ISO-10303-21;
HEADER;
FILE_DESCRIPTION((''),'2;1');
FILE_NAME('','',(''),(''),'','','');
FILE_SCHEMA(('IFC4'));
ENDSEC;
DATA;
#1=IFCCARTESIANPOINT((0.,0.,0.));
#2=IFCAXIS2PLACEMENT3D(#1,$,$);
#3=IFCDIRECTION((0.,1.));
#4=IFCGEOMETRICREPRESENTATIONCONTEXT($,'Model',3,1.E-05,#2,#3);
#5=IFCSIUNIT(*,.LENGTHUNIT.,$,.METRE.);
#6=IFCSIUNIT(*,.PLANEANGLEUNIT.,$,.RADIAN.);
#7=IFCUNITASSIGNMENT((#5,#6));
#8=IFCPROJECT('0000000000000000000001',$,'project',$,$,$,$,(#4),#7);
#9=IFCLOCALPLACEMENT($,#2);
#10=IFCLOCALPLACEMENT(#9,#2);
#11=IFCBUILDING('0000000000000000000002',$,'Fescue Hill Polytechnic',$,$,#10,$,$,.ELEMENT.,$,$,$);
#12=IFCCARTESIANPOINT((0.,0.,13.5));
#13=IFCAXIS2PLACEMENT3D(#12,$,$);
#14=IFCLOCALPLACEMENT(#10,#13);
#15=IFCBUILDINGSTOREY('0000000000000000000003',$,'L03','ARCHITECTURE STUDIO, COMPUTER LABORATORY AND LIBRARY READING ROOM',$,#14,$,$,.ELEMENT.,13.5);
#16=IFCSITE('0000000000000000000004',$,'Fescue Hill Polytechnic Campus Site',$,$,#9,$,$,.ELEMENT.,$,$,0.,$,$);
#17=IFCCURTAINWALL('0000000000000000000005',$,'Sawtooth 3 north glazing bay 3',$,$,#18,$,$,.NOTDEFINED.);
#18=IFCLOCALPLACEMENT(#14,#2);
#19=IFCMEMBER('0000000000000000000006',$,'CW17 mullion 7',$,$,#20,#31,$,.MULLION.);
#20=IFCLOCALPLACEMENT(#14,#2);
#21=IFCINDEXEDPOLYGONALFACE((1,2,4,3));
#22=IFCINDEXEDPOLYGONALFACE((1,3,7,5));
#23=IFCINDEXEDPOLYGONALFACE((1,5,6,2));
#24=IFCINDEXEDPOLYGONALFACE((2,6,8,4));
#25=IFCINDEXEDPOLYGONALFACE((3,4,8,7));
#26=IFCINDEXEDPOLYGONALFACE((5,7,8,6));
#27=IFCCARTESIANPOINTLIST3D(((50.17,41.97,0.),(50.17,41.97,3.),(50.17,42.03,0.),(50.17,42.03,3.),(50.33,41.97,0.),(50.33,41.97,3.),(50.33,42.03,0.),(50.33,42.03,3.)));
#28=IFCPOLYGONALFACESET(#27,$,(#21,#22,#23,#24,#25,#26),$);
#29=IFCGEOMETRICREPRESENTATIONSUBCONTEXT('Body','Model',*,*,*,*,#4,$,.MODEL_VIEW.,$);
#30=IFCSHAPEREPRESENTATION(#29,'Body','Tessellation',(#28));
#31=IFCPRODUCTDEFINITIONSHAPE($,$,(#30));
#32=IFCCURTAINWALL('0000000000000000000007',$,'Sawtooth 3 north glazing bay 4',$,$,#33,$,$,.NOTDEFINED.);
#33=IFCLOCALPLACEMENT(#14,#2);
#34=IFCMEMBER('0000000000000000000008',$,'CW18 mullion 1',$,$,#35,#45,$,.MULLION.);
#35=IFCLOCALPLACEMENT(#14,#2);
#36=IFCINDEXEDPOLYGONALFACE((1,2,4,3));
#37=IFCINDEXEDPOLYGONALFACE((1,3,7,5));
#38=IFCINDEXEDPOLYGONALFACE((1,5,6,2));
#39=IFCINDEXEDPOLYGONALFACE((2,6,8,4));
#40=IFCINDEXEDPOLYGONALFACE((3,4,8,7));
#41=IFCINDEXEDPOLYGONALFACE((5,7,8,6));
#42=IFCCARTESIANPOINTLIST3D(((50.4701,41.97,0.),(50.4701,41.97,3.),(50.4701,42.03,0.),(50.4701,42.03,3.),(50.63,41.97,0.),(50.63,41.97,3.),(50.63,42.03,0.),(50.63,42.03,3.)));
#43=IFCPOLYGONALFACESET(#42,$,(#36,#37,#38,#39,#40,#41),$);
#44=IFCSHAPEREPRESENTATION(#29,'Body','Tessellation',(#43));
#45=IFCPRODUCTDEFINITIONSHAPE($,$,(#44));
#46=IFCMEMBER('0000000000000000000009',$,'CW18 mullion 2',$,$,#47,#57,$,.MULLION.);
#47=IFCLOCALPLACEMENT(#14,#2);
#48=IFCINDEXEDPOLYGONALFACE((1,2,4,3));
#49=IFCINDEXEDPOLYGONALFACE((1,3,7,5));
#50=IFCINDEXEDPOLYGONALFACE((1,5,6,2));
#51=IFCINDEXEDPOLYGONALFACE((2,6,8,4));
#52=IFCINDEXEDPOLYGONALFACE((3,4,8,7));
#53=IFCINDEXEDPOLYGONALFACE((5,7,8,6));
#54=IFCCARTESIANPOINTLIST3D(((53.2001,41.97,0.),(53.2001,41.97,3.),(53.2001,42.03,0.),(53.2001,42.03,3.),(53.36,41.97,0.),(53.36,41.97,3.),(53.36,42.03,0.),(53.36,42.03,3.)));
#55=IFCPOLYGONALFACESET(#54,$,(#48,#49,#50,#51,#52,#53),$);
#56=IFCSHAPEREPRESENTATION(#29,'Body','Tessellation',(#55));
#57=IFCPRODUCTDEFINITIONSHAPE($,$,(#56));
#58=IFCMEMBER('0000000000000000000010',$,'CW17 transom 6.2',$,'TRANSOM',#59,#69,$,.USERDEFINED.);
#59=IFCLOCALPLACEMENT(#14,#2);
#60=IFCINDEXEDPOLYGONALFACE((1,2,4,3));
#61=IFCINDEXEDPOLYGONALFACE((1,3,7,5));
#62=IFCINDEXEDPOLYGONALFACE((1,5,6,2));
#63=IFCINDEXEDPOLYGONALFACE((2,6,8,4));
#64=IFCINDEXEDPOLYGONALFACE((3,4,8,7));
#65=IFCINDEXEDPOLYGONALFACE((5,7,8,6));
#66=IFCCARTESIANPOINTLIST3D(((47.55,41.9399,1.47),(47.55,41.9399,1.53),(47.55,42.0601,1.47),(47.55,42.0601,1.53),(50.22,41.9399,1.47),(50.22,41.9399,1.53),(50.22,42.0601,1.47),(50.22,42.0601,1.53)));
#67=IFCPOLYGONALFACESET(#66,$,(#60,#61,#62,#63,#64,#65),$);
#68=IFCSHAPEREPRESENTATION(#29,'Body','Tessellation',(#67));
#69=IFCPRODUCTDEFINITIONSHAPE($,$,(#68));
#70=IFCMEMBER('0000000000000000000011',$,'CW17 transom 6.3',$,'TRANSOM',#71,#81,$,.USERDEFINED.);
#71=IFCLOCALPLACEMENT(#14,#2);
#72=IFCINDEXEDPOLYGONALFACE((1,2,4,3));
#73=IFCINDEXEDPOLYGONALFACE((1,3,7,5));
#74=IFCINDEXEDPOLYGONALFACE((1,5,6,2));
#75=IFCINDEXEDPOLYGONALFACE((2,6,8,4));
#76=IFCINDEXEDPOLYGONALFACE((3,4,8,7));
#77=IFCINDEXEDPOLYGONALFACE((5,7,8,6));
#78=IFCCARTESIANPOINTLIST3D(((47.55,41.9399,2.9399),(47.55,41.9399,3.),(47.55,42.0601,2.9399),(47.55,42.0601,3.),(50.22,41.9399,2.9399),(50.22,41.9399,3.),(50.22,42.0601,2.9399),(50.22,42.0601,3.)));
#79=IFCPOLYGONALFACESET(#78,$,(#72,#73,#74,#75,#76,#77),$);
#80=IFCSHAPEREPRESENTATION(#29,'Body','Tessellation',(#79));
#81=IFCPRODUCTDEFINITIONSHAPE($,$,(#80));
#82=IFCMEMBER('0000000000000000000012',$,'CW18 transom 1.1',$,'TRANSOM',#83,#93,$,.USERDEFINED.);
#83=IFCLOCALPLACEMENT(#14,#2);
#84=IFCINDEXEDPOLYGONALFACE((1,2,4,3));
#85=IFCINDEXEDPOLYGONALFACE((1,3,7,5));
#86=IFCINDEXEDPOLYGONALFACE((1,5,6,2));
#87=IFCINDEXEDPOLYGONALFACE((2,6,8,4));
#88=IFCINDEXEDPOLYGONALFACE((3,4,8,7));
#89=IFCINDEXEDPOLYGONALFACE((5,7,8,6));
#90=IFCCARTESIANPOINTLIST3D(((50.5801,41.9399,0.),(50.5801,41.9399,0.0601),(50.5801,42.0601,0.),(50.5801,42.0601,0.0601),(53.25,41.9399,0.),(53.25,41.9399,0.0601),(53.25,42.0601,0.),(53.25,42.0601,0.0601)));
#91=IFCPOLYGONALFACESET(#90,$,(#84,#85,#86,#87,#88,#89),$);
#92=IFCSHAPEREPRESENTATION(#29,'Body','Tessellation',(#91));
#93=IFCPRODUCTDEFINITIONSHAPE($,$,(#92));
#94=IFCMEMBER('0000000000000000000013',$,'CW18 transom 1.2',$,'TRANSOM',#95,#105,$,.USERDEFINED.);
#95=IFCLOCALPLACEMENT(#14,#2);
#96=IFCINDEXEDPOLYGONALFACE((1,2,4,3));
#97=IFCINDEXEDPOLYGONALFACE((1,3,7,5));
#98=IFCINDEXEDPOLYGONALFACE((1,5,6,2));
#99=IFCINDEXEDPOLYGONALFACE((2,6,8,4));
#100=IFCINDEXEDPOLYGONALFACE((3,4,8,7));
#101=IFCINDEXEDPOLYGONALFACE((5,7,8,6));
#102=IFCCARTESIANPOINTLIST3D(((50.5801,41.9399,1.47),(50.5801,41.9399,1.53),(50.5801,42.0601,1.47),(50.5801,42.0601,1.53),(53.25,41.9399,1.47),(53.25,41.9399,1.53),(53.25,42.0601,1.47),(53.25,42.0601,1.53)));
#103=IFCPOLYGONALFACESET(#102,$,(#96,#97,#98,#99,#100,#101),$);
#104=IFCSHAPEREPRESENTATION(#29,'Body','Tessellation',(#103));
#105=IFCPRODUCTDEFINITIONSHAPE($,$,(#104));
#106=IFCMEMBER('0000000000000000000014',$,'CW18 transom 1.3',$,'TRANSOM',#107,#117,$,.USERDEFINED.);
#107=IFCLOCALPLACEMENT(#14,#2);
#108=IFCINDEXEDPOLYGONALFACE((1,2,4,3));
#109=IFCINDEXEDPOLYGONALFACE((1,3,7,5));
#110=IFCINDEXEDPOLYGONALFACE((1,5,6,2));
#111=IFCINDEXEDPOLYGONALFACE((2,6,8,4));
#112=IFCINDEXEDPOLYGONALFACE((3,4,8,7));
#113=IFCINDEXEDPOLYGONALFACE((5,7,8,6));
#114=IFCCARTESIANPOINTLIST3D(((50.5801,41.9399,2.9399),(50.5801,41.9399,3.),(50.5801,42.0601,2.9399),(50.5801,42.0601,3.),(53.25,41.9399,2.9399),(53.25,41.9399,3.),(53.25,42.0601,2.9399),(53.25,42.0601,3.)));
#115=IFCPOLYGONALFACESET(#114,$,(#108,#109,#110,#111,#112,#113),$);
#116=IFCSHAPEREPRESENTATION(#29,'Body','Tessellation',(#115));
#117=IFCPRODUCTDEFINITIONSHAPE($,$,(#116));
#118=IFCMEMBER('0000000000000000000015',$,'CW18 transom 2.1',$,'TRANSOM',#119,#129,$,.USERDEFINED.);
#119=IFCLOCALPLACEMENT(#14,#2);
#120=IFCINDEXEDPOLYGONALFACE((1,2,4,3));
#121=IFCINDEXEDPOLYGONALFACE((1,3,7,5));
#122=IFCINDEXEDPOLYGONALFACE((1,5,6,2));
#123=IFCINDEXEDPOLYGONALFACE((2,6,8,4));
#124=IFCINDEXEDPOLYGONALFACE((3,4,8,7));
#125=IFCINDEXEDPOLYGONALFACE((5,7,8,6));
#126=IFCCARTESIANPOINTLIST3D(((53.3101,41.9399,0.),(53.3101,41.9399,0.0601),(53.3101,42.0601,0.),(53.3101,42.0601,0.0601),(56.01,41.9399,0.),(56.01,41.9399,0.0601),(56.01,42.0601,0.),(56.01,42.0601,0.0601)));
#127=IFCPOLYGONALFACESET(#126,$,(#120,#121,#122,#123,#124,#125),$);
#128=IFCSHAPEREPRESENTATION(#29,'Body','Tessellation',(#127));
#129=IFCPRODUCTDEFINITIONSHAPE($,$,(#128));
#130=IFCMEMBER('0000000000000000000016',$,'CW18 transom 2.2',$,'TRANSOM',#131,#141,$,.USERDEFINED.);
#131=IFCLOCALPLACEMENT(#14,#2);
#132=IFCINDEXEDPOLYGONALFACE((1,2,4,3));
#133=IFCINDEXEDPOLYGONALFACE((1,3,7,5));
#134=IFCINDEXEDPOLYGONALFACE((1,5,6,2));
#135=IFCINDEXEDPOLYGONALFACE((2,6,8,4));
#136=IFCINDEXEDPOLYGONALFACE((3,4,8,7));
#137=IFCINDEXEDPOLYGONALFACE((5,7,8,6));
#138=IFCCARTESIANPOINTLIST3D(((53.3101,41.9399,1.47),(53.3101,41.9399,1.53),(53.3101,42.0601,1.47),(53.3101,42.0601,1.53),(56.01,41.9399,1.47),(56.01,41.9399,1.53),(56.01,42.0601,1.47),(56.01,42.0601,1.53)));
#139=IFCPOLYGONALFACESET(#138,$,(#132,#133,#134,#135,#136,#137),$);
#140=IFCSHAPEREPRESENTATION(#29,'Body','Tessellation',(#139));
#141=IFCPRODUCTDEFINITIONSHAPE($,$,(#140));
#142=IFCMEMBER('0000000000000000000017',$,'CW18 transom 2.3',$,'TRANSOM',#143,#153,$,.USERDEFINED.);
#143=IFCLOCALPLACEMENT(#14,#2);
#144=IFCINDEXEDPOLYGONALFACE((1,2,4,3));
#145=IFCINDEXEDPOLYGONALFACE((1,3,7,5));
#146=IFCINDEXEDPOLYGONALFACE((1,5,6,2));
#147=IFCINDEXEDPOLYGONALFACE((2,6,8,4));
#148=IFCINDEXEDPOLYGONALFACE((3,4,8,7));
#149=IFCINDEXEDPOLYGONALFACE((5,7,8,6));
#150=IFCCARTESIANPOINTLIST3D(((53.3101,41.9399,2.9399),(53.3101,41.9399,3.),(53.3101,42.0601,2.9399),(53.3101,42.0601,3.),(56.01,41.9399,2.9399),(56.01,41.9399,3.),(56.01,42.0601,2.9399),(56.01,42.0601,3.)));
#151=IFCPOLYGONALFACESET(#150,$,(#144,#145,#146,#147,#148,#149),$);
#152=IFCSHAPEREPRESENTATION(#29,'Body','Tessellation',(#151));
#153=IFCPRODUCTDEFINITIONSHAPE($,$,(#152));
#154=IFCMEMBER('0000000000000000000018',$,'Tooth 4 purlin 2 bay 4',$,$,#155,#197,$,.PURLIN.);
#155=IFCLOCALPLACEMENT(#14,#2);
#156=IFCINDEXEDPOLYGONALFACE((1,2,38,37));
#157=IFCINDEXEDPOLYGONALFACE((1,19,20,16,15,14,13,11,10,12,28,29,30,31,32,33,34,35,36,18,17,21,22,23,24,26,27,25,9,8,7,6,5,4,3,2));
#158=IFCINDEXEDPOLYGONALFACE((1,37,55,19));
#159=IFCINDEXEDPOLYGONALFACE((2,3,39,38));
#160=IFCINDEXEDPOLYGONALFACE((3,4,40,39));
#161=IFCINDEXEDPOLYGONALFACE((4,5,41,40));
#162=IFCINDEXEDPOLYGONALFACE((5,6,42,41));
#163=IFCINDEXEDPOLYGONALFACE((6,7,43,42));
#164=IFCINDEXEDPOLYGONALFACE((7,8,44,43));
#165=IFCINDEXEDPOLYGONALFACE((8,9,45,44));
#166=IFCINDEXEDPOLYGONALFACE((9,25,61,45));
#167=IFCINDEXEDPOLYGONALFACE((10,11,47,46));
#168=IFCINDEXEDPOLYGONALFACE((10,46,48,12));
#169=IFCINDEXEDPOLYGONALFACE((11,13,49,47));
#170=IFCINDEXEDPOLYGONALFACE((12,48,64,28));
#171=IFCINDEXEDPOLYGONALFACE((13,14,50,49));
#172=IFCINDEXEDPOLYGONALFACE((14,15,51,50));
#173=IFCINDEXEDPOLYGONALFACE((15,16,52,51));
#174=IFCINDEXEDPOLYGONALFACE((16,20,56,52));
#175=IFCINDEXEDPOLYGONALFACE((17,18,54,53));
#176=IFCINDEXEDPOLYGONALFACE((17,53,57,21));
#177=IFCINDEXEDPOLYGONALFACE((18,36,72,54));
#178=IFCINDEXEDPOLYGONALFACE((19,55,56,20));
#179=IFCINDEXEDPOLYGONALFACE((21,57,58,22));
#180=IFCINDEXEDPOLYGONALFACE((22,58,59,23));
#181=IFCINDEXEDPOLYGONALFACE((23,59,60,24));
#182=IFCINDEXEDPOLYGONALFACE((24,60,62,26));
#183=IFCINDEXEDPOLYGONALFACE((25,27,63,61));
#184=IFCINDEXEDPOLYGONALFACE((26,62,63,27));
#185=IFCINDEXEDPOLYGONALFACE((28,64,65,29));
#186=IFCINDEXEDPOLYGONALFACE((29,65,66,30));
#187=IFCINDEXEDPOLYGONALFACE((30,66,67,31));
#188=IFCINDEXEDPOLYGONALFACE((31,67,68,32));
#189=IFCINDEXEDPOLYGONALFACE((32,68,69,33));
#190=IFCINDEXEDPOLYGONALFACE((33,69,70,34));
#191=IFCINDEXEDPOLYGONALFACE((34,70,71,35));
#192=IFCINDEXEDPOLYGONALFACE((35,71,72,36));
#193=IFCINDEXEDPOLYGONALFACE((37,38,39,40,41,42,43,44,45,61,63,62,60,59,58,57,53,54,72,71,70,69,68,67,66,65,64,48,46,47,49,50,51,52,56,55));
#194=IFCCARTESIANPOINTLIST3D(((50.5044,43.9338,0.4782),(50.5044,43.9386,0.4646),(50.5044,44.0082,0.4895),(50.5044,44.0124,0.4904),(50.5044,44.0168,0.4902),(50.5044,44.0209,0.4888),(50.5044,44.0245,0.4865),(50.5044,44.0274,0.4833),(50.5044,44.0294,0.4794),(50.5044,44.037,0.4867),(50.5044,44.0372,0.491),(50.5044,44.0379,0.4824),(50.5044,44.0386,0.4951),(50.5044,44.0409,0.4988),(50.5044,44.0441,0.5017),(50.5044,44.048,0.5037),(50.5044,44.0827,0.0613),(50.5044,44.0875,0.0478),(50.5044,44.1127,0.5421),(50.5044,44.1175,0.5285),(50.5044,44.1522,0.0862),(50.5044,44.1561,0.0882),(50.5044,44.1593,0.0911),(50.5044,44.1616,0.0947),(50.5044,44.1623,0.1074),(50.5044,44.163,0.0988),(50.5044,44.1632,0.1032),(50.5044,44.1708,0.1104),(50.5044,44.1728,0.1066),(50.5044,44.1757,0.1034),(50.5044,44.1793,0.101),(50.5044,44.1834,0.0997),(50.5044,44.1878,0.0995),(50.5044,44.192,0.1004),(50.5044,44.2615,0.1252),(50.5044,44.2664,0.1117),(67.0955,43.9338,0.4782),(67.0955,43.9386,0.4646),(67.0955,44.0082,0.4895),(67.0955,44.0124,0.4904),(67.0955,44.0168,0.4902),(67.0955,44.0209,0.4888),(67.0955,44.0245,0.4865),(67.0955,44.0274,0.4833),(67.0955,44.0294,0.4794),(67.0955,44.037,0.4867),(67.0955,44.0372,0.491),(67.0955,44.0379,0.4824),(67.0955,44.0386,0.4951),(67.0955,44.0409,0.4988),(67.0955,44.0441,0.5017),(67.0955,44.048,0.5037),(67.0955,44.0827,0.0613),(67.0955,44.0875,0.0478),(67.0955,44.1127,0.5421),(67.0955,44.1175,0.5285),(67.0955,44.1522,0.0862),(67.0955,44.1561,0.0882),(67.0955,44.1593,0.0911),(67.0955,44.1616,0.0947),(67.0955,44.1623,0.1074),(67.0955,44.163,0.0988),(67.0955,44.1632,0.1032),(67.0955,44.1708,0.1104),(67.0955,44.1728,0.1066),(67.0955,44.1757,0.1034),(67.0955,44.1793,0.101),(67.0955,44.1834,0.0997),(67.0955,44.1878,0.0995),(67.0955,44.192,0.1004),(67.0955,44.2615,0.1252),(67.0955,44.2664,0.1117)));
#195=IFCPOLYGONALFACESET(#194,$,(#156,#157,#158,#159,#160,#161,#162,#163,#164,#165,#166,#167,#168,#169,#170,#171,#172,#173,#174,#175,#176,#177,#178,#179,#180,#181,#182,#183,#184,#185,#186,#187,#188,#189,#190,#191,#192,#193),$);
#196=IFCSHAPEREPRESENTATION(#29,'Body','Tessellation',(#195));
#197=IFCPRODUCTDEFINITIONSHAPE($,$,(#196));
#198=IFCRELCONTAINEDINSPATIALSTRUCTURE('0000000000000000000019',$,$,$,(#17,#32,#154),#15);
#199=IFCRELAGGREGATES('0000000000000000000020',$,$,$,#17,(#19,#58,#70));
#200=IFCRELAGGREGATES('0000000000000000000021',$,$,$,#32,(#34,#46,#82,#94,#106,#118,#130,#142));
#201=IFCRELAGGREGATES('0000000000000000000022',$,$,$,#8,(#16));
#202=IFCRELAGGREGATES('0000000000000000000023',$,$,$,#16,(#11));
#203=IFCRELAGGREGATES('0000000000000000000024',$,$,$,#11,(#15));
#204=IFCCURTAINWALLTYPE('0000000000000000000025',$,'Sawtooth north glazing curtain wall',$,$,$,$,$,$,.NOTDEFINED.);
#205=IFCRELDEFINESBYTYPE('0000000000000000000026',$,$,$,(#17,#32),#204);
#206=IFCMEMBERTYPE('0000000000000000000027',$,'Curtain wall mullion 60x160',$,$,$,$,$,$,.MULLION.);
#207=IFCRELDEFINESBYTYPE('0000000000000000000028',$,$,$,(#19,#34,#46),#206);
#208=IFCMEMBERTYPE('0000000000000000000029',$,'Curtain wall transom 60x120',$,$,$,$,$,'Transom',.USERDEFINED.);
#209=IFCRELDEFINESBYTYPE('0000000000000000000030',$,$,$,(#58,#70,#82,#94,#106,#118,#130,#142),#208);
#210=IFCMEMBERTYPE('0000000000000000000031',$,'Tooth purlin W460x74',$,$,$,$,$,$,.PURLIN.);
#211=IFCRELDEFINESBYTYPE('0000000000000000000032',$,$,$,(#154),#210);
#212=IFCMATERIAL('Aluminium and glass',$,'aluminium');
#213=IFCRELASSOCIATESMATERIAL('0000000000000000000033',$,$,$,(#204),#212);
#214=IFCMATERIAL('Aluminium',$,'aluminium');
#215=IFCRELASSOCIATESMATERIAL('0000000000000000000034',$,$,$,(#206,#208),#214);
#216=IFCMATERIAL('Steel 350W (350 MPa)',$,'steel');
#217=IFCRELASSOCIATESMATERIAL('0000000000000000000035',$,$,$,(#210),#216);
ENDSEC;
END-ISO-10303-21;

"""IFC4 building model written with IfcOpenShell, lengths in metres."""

from ifc_helpers import new_model, si_unit, direction, frame, origin, origin_2d, place, context, subcontext, project, spatial, rectangle, i_section, extrude, material, material_profile, profile_set, type_object, element, aggregate, save


model = new_model("IFC4")

# Units and contexts
model_context = context("Model", 3, precision=1e-05, world=origin(), true_north=direction((0.0, 1.0)))
body_context = subcontext(model_context, "Body", "Model", "MODEL_VIEW")
ifc_project = project(units=[si_unit("LENGTHUNIT", "METRE"), si_unit("PLANEANGLEUNIT", "RADIAN")], contexts=[model_context])

# Site, building, storey
site_placement = place(None, origin())
site = spatial("IfcSite", under=ifc_project, at=site_placement, Name="Fescue Hill Polytechnic Campus Site", CompositionType="ELEMENT", RefElevation=0.0)
building_placement = place(site_placement, origin())
building = spatial("IfcBuilding", under=site, at=building_placement, Name="Fescue Hill Polytechnic", CompositionType="ELEMENT")
storey_placement = place(building_placement, frame((0.0, 0.0, 13.5)))
storey = spatial("IfcBuildingStorey", under=building, at=storey_placement, Name="L03", Description="ARCHITECTURE STUDIO, COMPUTER LABORATORY AND LIBRARY READING ROOM", CompositionType="ELEMENT", Elevation=13.5)

# Curtain wall, member
ifc_material_1 = material(Name="Aluminium and glass", Category="aluminium")
curtain_wall_type = type_object("IfcCurtainWallType", Name="Sawtooth north glazing curtain wall", PredefinedType="NOTDEFINED", material=ifc_material_1)
curtain_wall_1_placement = place(storey_placement, origin())
curtain_wall_1 = element("IfcCurtainWall", 1, at=curtain_wall_1_placement, inside=storey, type_object=curtain_wall_type, Name="Sawtooth 3 north glazing bay 3", PredefinedType="NOTDEFINED")
ifc_material_2 = material(Name="Aluminium", Category="aluminium")
ifc_material_profile_1 = material_profile(ifc_material_2, rectangle(XDim=0.0601, YDim=0.1599, at=origin_2d()), Name="Curtain wall mullion 60x160")
ifc_profile_set_1 = profile_set([ifc_material_profile_1], Name="Aluminium")
member_type_1 = type_object("IfcMemberType", Name="Curtain wall mullion 60x160", PredefinedType="MULLION", material=ifc_profile_set_1)
member_1_placement = place(storey_placement, frame((50.25, 42.0, 0.0), z_axis=(0.0, 0.0, 1.0), x_axis=(0.0, 1.0, 0.0)))
member_1 = element("IfcMember", 2, at=member_1_placement, type_object=member_type_1, Name="CW17 mullion 7", PredefinedType="MULLION", context=body_context, shape_type="SweptSolid", body=[
    extrude(rectangle(XDim=0.0601, YDim=0.1599, at=origin_2d()), origin(), (0.0, 0.0, 1.0), 3.0),
])

# Curtain wall, members
curtain_wall_2_placement = place(storey_placement, origin())
curtain_wall_2 = element("IfcCurtainWall", 3, at=curtain_wall_2_placement, inside=storey, type_object=curtain_wall_type, Name="Sawtooth 3 north glazing bay 4", PredefinedType="NOTDEFINED")
member_2_placement = place(storey_placement, frame((50.55, 42.0, 0.0), z_axis=(0.0, 0.0, 1.0), x_axis=(0.0, 1.0, 0.0)))
member_2 = element("IfcMember", 4, at=member_2_placement, type_object=member_type_1, Name="CW18 mullion 1", PredefinedType="MULLION", context=body_context, shape_type="SweptSolid", body=[
    extrude(rectangle(XDim=0.0601, YDim=0.1599, at=origin_2d()), origin(), (0.0, 0.0, 1.0), 3.0),
])
member_3_placement = place(storey_placement, frame((53.28, 42.0, 0.0), z_axis=(0.0, 0.0, 1.0), x_axis=(0.0, 1.0, 0.0)))
member_3 = element("IfcMember", 5, at=member_3_placement, type_object=member_type_1, Name="CW18 mullion 2", PredefinedType="MULLION", context=body_context, shape_type="SweptSolid", body=[
    extrude(rectangle(XDim=0.0601, YDim=0.1599, at=origin_2d()), origin(), (0.0, 0.0, 1.0), 3.0),
])

# Members
ifc_material_profile_2 = material_profile(ifc_material_2, rectangle(XDim=0.1201, YDim=0.0601, at=origin_2d()), Name="Curtain wall transom 60x120")
ifc_profile_set_2 = profile_set([ifc_material_profile_2], Name="Aluminium")
member_type_2 = type_object("IfcMemberType", Name="Curtain wall transom 60x120", ElementType="Transom", PredefinedType="USERDEFINED", material=ifc_profile_set_2)
member_4_placement = place(storey_placement, frame((47.55, 42.0, 1.5), z_axis=(1.0, 0.0, 0.0), x_axis=(0.0, 1.0, 0.0)))
member_4 = element("IfcMember", 6, at=member_4_placement, type_object=member_type_2, Name="CW17 transom 6.2", ObjectType="TRANSOM", PredefinedType="USERDEFINED", context=body_context, shape_type="SweptSolid", body=[
    extrude(rectangle(XDim=0.1201, YDim=0.0601, at=origin_2d()), origin(), (0.0, 0.0, 1.0), 2.6699),
])
member_5_placement = place(storey_placement, frame((47.55, 42.0, 2.97), z_axis=(1.0, 0.0, 0.0), x_axis=(0.0, 1.0, 0.0)))
member_5 = element("IfcMember", 7, at=member_5_placement, type_object=member_type_2, Name="CW17 transom 6.3", ObjectType="TRANSOM", PredefinedType="USERDEFINED", context=body_context, shape_type="SweptSolid", body=[
    extrude(rectangle(XDim=0.1201, YDim=0.0601, at=origin_2d()), origin(), (0.0, 0.0, 1.0), 2.6699),
])
member_6_placement = place(storey_placement, frame((50.5801, 42.0, 0.03), z_axis=(1.0, 0.0, 0.0), x_axis=(0.0, 1.0, 0.0)))
member_6 = element("IfcMember", 8, at=member_6_placement, type_object=member_type_2, Name="CW18 transom 1.1", ObjectType="TRANSOM", PredefinedType="USERDEFINED", context=body_context, shape_type="SweptSolid", body=[
    extrude(rectangle(XDim=0.1201, YDim=0.0601, at=origin_2d()), origin(), (0.0, 0.0, 1.0), 2.6699),
])
member_7_placement = place(storey_placement, frame((50.5801, 42.0, 1.5), z_axis=(1.0, 0.0, 0.0), x_axis=(0.0, 1.0, 0.0)))
member_7 = element("IfcMember", 9, at=member_7_placement, type_object=member_type_2, Name="CW18 transom 1.2", ObjectType="TRANSOM", PredefinedType="USERDEFINED", context=body_context, shape_type="SweptSolid", body=[
    extrude(rectangle(XDim=0.1201, YDim=0.0601, at=origin_2d()), origin(), (0.0, 0.0, 1.0), 2.6699),
])
member_8_placement = place(storey_placement, frame((50.5801, 42.0, 2.97), z_axis=(1.0, 0.0, 0.0), x_axis=(0.0, 1.0, 0.0)))
member_8 = element("IfcMember", 10, at=member_8_placement, type_object=member_type_2, Name="CW18 transom 1.3", ObjectType="TRANSOM", PredefinedType="USERDEFINED", context=body_context, shape_type="SweptSolid", body=[
    extrude(rectangle(XDim=0.1201, YDim=0.0601, at=origin_2d()), origin(), (0.0, 0.0, 1.0), 2.6699),
])
member_9_placement = place(storey_placement, frame((53.3101, 42.0, 0.03), z_axis=(1.0, 0.0, 0.0), x_axis=(0.0, 1.0, 0.0)))
member_9 = element("IfcMember", 11, at=member_9_placement, type_object=member_type_2, Name="CW18 transom 2.1", ObjectType="TRANSOM", PredefinedType="USERDEFINED", context=body_context, shape_type="SweptSolid", body=[
    extrude(rectangle(XDim=0.1201, YDim=0.0601, at=origin_2d()), origin(), (0.0, 0.0, 1.0), 2.7),
])
member_10_placement = place(storey_placement, frame((53.3101, 42.0, 1.5), z_axis=(1.0, 0.0, 0.0), x_axis=(0.0, 1.0, 0.0)))
member_10 = element("IfcMember", 12, at=member_10_placement, type_object=member_type_2, Name="CW18 transom 2.2", ObjectType="TRANSOM", PredefinedType="USERDEFINED", context=body_context, shape_type="SweptSolid", body=[
    extrude(rectangle(XDim=0.1201, YDim=0.0601, at=origin_2d()), origin(), (0.0, 0.0, 1.0), 2.7),
])
member_11_placement = place(storey_placement, frame((53.3101, 42.0, 2.97), z_axis=(1.0, 0.0, 0.0), x_axis=(0.0, 1.0, 0.0)))
member_11 = element("IfcMember", 13, at=member_11_placement, type_object=member_type_2, Name="CW18 transom 2.3", ObjectType="TRANSOM", PredefinedType="USERDEFINED", context=body_context, shape_type="SweptSolid", body=[
    extrude(rectangle(XDim=0.1201, YDim=0.0601, at=origin_2d()), origin(), (0.0, 0.0, 1.0), 2.7),
])

# Member
ifc_material_3 = material(Name="Steel 350W (350 MPa)", Category="steel")
ifc_material_profile_3 = material_profile(ifc_material_3, i_section(OverallWidth=0.1899, OverallDepth=0.457, WebThickness=0.009, FlangeThickness=0.0144, FilletRadius=0.0166, at=origin_2d()), Name="W460x74")
ifc_profile_set_3 = profile_set([ifc_material_profile_3], Name="Steel 350W (350 MPa)")
member_type_3 = type_object("IfcMemberType", Name="Tooth purlin W460x74", PredefinedType="PURLIN", material=ifc_profile_set_3)
for number, where, z_axis, x_axis, name in (
    (14, (50.5044, 44.1001, 0.2949), (1.0, 0.0, 0.0), (0.0, 0.941742, 0.336336), "Tooth 4 purlin 2 bay 4"),
):
    element("IfcMember", number, at=place(storey_placement, frame(where, z_axis=z_axis, x_axis=x_axis)), inside=storey, type_object=member_type_3, Name=name, PredefinedType="PURLIN", context=body_context, shape_type="SweptSolid", body=[
        extrude(i_section(OverallWidth=0.1899, OverallDepth=0.457, WebThickness=0.009, FlangeThickness=0.0144, FilletRadius=0.0166, at=origin_2d()), origin(), (0.0, 0.0, 1.0), 16.5911),
    ])

aggregate(curtain_wall_1, [member_1, member_4, member_5])
aggregate(curtain_wall_2, [member_2, member_3, member_6, member_7, member_8, member_9, member_10, member_11])

save(model, "model.ifc")
